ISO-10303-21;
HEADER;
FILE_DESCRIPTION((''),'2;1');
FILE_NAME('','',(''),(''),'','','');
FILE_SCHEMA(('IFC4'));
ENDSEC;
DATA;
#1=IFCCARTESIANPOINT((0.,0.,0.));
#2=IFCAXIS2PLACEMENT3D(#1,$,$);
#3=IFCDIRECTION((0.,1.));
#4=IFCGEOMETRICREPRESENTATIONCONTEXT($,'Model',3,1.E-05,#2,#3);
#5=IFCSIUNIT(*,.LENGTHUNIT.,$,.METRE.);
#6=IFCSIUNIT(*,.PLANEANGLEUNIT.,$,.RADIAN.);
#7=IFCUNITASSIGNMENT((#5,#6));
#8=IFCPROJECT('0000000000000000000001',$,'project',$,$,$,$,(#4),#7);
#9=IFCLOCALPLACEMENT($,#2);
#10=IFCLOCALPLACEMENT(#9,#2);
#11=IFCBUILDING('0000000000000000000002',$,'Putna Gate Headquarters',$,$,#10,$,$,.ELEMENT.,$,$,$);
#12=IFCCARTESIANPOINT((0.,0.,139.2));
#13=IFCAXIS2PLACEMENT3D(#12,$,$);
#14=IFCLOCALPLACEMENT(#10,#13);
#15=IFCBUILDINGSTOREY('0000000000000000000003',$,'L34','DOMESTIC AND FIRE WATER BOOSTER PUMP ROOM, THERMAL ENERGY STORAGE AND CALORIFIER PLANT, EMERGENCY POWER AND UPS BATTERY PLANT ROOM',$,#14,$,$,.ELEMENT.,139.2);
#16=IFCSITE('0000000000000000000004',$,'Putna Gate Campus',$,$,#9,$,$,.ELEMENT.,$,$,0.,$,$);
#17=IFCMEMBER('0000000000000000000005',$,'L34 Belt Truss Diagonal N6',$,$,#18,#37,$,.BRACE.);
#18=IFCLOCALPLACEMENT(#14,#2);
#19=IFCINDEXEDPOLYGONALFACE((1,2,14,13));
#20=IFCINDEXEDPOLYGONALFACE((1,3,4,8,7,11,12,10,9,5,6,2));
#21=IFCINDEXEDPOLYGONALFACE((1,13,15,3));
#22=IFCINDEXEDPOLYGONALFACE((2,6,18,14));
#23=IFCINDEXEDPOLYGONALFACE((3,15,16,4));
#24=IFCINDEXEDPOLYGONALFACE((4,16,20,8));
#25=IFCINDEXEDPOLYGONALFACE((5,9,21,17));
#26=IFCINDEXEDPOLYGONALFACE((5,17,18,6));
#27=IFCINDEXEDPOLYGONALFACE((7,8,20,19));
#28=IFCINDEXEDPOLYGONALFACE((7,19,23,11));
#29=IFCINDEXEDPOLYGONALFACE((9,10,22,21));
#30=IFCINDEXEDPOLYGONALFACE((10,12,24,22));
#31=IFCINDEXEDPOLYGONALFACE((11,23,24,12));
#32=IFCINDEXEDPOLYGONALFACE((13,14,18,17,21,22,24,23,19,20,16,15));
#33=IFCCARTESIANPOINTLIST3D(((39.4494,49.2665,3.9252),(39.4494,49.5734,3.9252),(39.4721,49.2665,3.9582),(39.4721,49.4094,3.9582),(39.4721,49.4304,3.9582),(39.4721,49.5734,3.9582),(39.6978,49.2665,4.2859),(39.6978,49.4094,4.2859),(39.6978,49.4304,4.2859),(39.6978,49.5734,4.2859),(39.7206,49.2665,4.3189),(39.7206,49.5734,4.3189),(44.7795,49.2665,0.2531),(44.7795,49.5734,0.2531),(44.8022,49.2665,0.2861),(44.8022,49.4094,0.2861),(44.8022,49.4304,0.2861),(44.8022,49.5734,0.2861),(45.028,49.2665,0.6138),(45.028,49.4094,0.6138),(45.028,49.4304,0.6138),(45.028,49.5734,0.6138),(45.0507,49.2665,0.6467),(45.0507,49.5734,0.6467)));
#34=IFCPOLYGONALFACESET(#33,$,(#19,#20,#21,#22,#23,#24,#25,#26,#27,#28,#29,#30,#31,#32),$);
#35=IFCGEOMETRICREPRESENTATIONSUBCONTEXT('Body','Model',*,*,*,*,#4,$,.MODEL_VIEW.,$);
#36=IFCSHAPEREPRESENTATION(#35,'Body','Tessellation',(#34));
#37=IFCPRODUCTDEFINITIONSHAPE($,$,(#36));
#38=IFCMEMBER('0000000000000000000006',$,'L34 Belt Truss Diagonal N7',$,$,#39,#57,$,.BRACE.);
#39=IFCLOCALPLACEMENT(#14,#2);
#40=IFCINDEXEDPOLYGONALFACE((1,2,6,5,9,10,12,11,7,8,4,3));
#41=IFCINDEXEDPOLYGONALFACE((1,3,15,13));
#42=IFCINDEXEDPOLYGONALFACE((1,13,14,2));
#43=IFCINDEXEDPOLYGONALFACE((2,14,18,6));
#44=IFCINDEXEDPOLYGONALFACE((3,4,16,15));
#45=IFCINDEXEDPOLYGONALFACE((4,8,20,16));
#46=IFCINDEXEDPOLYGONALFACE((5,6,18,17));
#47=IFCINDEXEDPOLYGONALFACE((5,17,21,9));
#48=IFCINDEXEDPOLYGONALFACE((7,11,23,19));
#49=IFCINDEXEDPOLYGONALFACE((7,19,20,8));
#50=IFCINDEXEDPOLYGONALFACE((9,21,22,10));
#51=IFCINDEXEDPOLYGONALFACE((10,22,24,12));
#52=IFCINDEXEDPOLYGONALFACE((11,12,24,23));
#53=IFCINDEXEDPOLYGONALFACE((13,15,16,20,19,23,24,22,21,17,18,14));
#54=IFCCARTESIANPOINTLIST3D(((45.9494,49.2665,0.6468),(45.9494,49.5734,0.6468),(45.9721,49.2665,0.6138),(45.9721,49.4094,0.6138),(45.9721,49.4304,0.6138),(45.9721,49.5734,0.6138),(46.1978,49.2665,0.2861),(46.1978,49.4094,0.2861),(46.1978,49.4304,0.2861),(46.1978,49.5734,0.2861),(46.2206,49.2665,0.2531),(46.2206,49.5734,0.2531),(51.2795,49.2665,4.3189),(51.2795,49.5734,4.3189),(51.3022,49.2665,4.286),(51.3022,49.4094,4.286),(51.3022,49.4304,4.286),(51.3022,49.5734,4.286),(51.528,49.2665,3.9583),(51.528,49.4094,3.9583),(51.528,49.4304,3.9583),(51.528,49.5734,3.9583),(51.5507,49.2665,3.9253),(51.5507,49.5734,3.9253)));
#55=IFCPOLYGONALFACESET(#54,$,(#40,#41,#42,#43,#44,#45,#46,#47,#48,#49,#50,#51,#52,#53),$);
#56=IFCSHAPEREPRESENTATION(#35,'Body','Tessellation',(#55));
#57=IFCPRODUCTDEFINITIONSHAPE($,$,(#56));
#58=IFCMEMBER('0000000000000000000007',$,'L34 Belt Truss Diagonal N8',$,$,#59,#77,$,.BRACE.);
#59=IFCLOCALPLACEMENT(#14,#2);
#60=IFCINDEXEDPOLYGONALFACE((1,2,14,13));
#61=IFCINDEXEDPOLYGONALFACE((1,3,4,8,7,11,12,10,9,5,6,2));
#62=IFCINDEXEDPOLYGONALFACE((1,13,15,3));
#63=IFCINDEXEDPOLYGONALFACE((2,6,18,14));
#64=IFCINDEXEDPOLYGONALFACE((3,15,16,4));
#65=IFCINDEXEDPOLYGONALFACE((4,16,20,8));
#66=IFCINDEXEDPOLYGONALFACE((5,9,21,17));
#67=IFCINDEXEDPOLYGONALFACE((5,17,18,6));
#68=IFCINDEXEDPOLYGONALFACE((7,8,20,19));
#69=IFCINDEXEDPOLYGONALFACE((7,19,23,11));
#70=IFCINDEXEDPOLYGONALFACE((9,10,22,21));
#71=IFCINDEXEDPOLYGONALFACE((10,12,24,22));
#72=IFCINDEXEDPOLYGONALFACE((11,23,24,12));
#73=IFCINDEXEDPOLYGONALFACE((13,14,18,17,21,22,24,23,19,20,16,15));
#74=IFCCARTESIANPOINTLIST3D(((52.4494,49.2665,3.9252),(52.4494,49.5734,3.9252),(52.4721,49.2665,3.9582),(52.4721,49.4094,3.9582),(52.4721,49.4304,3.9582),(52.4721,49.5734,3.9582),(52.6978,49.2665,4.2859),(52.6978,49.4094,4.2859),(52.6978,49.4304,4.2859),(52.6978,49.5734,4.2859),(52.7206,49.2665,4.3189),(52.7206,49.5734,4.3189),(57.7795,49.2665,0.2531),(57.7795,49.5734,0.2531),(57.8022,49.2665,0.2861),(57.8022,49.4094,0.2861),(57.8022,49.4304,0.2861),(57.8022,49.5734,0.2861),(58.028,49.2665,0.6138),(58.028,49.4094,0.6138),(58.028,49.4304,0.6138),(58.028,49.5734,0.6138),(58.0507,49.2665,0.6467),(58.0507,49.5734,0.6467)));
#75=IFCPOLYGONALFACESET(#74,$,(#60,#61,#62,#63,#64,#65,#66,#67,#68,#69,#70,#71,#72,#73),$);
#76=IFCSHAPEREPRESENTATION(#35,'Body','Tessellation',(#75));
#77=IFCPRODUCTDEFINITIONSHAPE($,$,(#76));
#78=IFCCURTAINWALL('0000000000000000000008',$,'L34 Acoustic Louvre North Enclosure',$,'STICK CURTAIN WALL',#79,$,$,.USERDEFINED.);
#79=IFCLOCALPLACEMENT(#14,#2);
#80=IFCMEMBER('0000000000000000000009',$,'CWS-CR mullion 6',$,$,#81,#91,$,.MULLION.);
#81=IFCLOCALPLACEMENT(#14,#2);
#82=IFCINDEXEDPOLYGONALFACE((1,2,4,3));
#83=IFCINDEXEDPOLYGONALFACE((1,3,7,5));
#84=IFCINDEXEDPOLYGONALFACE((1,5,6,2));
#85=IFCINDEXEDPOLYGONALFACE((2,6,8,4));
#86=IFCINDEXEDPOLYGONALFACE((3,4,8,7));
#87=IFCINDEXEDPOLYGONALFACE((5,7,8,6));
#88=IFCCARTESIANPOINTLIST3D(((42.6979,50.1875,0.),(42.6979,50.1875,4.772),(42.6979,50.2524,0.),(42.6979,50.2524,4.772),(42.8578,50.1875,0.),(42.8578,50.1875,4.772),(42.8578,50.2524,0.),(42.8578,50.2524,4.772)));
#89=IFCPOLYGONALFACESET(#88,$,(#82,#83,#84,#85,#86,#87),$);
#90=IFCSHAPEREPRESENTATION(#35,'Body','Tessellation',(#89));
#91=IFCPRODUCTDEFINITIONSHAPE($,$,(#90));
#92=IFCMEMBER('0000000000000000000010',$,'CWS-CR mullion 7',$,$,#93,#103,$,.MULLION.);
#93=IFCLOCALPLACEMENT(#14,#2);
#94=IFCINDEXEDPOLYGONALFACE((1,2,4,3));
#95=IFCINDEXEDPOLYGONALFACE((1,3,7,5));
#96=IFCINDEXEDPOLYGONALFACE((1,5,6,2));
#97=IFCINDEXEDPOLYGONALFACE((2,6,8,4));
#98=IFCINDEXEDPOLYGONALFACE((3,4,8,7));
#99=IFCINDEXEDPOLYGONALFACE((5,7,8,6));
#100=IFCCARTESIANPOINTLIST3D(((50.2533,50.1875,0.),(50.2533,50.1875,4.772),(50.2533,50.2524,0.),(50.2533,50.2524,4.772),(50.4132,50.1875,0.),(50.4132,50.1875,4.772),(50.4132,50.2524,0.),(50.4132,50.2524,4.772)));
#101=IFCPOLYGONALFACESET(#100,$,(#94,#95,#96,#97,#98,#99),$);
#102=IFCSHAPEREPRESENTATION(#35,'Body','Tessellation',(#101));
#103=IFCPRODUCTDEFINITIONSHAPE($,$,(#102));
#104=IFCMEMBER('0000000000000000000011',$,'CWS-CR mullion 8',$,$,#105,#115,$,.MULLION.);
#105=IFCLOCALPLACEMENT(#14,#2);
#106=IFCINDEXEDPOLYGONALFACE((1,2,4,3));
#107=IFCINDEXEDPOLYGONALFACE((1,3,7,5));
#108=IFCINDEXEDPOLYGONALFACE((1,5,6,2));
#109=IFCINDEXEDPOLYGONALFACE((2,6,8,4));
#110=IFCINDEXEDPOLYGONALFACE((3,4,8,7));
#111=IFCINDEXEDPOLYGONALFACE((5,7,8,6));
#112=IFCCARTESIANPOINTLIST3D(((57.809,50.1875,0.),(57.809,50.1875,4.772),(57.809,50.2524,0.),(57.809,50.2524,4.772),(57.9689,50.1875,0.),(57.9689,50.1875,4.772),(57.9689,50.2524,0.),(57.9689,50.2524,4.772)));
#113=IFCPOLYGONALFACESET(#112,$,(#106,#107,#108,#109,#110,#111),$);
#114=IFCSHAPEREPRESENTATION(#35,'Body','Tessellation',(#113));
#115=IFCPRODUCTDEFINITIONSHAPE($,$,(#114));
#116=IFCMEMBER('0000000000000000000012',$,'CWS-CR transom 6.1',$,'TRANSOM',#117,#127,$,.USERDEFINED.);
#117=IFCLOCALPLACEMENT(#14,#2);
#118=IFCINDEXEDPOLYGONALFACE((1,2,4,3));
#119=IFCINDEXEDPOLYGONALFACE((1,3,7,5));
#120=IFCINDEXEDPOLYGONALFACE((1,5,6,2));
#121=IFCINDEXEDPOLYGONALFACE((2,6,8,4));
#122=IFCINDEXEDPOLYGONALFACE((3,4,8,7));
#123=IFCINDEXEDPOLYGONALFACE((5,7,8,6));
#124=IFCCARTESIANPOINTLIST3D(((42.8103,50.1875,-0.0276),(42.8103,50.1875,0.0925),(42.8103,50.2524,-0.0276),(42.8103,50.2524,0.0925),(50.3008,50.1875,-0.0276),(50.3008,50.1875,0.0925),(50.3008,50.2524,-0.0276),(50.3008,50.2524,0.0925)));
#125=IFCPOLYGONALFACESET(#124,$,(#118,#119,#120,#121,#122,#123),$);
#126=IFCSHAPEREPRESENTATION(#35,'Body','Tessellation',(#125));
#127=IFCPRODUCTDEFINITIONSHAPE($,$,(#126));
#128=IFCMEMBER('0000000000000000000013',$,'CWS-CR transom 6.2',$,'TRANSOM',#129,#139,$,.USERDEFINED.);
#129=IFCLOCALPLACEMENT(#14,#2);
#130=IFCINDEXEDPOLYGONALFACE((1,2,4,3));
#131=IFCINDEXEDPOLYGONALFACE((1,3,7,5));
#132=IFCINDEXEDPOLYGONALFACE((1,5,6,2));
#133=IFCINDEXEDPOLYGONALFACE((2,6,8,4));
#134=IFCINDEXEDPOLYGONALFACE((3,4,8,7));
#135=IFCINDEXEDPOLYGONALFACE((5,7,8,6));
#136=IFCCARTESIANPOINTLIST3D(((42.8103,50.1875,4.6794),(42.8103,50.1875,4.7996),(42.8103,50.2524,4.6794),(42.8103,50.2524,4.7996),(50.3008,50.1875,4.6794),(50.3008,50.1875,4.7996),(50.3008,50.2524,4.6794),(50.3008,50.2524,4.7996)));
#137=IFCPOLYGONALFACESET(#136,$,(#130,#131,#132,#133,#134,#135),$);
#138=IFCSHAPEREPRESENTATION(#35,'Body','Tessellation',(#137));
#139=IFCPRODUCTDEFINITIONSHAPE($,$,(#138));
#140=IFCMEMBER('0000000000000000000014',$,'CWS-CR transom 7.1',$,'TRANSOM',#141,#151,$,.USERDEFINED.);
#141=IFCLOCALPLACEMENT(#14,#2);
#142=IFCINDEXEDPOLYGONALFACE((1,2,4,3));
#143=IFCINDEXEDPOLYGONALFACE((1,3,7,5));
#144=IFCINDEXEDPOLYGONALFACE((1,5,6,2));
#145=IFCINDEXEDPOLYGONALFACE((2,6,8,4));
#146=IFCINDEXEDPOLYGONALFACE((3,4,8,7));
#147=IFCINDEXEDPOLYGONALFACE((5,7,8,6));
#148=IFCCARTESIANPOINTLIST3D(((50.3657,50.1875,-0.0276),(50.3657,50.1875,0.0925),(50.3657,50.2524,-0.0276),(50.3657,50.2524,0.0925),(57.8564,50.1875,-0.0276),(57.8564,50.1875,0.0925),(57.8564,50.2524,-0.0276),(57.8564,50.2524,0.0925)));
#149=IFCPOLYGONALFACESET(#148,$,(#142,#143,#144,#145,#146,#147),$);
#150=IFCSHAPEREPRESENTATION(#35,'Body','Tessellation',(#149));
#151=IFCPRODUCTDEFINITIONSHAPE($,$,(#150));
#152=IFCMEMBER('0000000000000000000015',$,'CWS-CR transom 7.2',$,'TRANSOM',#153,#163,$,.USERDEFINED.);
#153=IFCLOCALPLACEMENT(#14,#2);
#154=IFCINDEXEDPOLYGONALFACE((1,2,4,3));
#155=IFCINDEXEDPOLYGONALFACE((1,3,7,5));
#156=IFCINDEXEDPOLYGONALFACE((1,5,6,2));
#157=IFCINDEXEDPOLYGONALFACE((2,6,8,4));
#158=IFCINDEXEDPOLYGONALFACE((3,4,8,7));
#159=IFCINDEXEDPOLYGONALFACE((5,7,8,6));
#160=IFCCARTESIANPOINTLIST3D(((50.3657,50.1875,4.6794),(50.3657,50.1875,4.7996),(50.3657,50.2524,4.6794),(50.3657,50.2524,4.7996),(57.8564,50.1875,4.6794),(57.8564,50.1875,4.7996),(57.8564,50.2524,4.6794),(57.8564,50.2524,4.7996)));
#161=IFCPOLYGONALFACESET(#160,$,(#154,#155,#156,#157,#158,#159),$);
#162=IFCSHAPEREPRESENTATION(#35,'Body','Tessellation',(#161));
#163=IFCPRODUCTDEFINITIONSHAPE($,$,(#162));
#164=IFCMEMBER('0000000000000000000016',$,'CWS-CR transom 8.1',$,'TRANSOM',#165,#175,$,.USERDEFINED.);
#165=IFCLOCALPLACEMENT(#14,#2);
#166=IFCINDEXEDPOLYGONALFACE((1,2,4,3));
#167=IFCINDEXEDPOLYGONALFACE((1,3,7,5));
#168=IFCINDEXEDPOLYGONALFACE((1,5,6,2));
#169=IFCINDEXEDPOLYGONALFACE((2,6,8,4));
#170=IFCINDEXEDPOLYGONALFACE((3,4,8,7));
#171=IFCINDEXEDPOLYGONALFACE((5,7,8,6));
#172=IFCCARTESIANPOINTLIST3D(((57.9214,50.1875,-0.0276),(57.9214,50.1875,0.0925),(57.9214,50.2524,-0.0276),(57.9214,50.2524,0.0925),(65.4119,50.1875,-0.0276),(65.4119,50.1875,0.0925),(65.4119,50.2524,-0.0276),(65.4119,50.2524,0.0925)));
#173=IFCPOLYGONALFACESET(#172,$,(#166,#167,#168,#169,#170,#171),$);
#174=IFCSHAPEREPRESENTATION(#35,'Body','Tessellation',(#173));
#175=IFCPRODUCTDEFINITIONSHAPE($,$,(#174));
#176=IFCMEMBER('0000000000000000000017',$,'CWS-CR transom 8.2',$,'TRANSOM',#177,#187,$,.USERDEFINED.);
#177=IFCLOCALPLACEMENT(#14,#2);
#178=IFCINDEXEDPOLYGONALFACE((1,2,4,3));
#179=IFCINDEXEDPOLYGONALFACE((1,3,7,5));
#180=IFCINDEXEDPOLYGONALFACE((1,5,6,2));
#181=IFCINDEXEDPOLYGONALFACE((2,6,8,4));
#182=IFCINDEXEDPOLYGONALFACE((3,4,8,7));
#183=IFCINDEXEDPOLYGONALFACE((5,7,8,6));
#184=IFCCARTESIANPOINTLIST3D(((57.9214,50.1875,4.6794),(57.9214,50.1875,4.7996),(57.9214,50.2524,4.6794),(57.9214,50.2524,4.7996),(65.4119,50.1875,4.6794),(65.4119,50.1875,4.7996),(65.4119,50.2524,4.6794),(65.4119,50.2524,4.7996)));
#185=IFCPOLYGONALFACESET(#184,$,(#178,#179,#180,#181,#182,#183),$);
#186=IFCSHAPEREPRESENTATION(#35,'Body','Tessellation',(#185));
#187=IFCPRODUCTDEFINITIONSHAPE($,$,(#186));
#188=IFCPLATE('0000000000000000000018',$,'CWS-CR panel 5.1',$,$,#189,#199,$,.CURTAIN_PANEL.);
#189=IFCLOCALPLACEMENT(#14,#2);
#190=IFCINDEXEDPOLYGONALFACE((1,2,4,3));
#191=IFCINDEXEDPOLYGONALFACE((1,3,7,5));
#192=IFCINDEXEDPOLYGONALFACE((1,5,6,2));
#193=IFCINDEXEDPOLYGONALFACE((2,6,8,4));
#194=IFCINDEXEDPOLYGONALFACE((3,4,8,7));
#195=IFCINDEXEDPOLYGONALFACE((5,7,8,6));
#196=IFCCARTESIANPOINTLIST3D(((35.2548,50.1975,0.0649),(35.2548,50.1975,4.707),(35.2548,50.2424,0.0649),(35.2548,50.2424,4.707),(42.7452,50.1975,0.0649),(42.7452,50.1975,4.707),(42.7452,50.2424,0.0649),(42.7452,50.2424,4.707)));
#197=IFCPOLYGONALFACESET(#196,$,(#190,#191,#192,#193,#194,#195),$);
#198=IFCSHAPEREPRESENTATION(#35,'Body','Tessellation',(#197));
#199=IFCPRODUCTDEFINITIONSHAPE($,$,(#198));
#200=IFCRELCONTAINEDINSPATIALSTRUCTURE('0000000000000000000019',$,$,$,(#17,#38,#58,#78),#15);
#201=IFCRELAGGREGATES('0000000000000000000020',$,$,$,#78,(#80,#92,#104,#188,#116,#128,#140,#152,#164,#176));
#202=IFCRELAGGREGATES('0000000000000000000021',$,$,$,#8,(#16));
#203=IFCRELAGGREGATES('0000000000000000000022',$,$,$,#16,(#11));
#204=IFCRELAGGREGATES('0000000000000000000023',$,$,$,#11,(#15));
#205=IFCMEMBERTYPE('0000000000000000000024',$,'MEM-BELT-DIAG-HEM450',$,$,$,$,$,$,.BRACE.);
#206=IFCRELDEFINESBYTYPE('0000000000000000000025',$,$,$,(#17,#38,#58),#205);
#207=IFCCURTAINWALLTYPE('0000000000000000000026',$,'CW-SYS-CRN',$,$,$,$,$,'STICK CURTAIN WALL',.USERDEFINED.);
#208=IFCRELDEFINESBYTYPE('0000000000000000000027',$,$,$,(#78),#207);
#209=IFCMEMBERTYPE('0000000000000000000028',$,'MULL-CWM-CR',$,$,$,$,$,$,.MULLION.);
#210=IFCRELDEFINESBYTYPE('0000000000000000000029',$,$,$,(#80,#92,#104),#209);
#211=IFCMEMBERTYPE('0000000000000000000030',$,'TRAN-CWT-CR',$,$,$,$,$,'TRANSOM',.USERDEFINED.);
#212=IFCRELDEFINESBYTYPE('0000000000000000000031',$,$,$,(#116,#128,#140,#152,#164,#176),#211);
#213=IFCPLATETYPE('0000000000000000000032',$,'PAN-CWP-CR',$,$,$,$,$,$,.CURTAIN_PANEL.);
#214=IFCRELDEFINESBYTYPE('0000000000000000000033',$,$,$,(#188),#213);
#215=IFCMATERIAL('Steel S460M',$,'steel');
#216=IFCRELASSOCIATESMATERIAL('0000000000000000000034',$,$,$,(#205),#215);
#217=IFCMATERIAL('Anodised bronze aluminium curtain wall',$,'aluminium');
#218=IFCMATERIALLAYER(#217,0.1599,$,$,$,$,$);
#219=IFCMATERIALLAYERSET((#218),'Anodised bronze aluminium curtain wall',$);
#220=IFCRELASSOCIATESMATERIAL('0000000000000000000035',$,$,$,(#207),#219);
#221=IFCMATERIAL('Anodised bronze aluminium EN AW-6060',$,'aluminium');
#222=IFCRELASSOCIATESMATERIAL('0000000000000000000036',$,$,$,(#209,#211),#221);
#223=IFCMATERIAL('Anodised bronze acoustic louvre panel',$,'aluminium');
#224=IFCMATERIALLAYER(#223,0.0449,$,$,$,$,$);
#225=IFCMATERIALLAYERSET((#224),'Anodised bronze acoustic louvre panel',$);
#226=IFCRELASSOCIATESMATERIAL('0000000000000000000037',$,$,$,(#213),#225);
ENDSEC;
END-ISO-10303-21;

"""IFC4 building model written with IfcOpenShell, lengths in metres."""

from ifc_helpers import new_model, si_unit, direction, frame, origin, origin_2d, place, context, subcontext, project, spatial, rectangle, i_section, extrude, material, layer, layer_set, material_profile, profile_set, type_object, element, aggregate, save


model = new_model("IFC4")

# Units and contexts
model_context = context("Model", 3, precision=1e-05, world=origin(), true_north=direction((0.0, 1.0)))
body_context = subcontext(model_context, "Body", "Model", "MODEL_VIEW")
ifc_project = project(units=[si_unit("LENGTHUNIT", "METRE"), si_unit("PLANEANGLEUNIT", "RADIAN")], contexts=[model_context])

# Site, building, storey
site_placement = place(None, origin())
site = spatial("IfcSite", under=ifc_project, at=site_placement, Name="Putna Gate Campus", CompositionType="ELEMENT", RefElevation=0.0)
building_placement = place(site_placement, origin())
building = spatial("IfcBuilding", under=site, at=building_placement, Name="Putna Gate Headquarters", CompositionType="ELEMENT")
storey_placement = place(building_placement, frame((0.0, 0.0, 139.2)))
storey = spatial("IfcBuildingStorey", under=building, at=storey_placement, Name="L34", Description="DOMESTIC AND FIRE WATER BOOSTER PUMP ROOM, THERMAL ENERGY STORAGE AND CALORIFIER PLANT, EMERGENCY POWER AND UPS BATTERY PLANT ROOM", CompositionType="ELEMENT", Elevation=139.2)

# Members
ifc_material_1 = material(Name="Steel S460M", Category="steel")
ifc_material_profile_1 = material_profile(ifc_material_1, i_section(OverallWidth=0.3069, OverallDepth=0.478, WebThickness=0.021, FlangeThickness=0.04, at=origin_2d()), Name="Steel S460M")
ifc_profile_set_1 = profile_set([ifc_material_profile_1], Name="Steel S460M")
member_type_1 = type_object("IfcMemberType", Name="MEM-BELT-DIAG-HEM450", PredefinedType="BRACE", material=ifc_profile_set_1)
for number, where, z_axis, x_axis, name in (
    (1, (39.585, 49.4199, 4.1221), (0.823487, 0.0, -0.567335), (0.0, 1.0, 0.0), "L34 Belt Truss Diagonal N6"),
    (2, (46.085, 49.4199, 0.45), (0.823487, 0.0, 0.567335), (0.0, 1.0, 0.0), "L34 Belt Truss Diagonal N7"),
    (3, (52.585, 49.4199, 4.1221), (0.823487, 0.0, -0.567335), (0.0, 1.0, 0.0), "L34 Belt Truss Diagonal N8"),
):
    element("IfcMember", number, at=place(storey_placement, frame(where, z_axis=z_axis, x_axis=x_axis)), inside=storey, type_object=member_type_1, Name=name, PredefinedType="BRACE", context=body_context, shape_type="SweptSolid", body=[
        extrude(i_section(OverallWidth=0.3069, OverallDepth=0.478, WebThickness=0.021, FlangeThickness=0.04, at=origin_2d()), origin(), (0.0, 0.0, 1.0), 6.4727),
    ])

# Curtain wall, members, plate
ifc_material_2 = material(Name="Anodised bronze aluminium curtain wall", Category="aluminium")
ifc_layer_1 = layer(ifc_material_2, 0.1599)
ifc_layer_set_1 = layer_set([ifc_layer_1], Name="Anodised bronze aluminium curtain wall")
curtain_wall_type = type_object("IfcCurtainWallType", Name="CW-SYS-CRN", ElementType="STICK CURTAIN WALL", PredefinedType="USERDEFINED", material=ifc_layer_set_1)
curtain_wall_placement = place(storey_placement, origin())
curtain_wall = element("IfcCurtainWall", 4, at=curtain_wall_placement, inside=storey, type_object=curtain_wall_type, Name="L34 Acoustic Louvre North Enclosure", ObjectType="STICK CURTAIN WALL", PredefinedType="USERDEFINED")
ifc_material_3 = material(Name="Anodised bronze aluminium EN AW-6060", Category="aluminium")
ifc_material_profile_2 = material_profile(ifc_material_3, rectangle(XDim=0.0649, YDim=0.1599, at=origin_2d()), Name="Anodised bronze aluminium EN AW-6060")
ifc_profile_set_2 = profile_set([ifc_material_profile_2], Name="Anodised bronze aluminium EN AW-6060")
member_type_2 = type_object("IfcMemberType", Name="MULL-CWM-CR", PredefinedType="MULLION", material=ifc_profile_set_2)
member_1_placement = place(storey_placement, frame((42.7778, 50.22, 0.0), z_axis=(0.0, 0.0, 1.0), x_axis=(0.0, 1.0, 0.0)))
member_1 = element("IfcMember", 5, at=member_1_placement, type_object=member_type_2, Name="CWS-CR mullion 6", PredefinedType="MULLION", context=body_context, shape_type="SweptSolid", body=[
    extrude(rectangle(XDim=0.0649, YDim=0.1599, at=origin_2d()), origin(), (0.0, 0.0, 1.0), 4.772),
])
member_2_placement = place(storey_placement, frame((50.3333, 50.22, 0.0), z_axis=(0.0, 0.0, 1.0), x_axis=(0.0, 1.0, 0.0)))
member_2 = element("IfcMember", 6, at=member_2_placement, type_object=member_type_2, Name="CWS-CR mullion 7", PredefinedType="MULLION", context=body_context, shape_type="SweptSolid", body=[
    extrude(rectangle(XDim=0.0649, YDim=0.1599, at=origin_2d()), origin(), (0.0, 0.0, 1.0), 4.772),
])
member_3_placement = place(storey_placement, frame((57.8889, 50.22, 0.0), z_axis=(0.0, 0.0, 1.0), x_axis=(0.0, 1.0, 0.0)))
member_3 = element("IfcMember", 7, at=member_3_placement, type_object=member_type_2, Name="CWS-CR mullion 8", PredefinedType="MULLION", context=body_context, shape_type="SweptSolid", body=[
    extrude(rectangle(XDim=0.0649, YDim=0.1599, at=origin_2d()), origin(), (0.0, 0.0, 1.0), 4.772),
])
ifc_material_profile_3 = material_profile(ifc_material_3, rectangle(XDim=0.0649, YDim=0.1201, at=origin_2d()), Name="Anodised bronze aluminium EN AW-6060")
ifc_profile_set_3 = profile_set([ifc_material_profile_3], Name="Anodised bronze aluminium EN AW-6060")
member_type_3 = type_object("IfcMemberType", Name="TRAN-CWT-CR", ElementType="TRANSOM", PredefinedType="USERDEFINED", material=ifc_profile_set_3)
member_4_placement = place(storey_placement, frame((42.8103, 50.22, 0.0325), z_axis=(1.0, 0.0, 0.0), x_axis=(0.0, 1.0, 0.0)))
member_4 = element("IfcMember", 8, at=member_4_placement, type_object=member_type_3, Name="CWS-CR transom 6.1", ObjectType="TRANSOM", PredefinedType="USERDEFINED", context=body_context, shape_type="SweptSolid", body=[
    extrude(rectangle(XDim=0.0649, YDim=0.1201, at=origin_2d()), origin(), (0.0, 0.0, 1.0), 7.4905),
])
member_5_placement = place(storey_placement, frame((42.8103, 50.22, 4.7395), z_axis=(1.0, 0.0, 0.0), x_axis=(0.0, 1.0, 0.0)))
member_5 = element("IfcMember", 9, at=member_5_placement, type_object=member_type_3, Name="CWS-CR transom 6.2", ObjectType="TRANSOM", PredefinedType="USERDEFINED", context=body_context, shape_type="SweptSolid", body=[
    extrude(rectangle(XDim=0.0649, YDim=0.1201, at=origin_2d()), origin(), (0.0, 0.0, 1.0), 7.4905),
])
member_6_placement = place(storey_placement, frame((50.3657, 50.22, 0.0325), z_axis=(1.0, 0.0, 0.0), x_axis=(0.0, 1.0, 0.0)))
member_6 = element("IfcMember", 10, at=member_6_placement, type_object=member_type_3, Name="CWS-CR transom 7.1", ObjectType="TRANSOM", PredefinedType="USERDEFINED", context=body_context, shape_type="SweptSolid", body=[
    extrude(rectangle(XDim=0.0649, YDim=0.1201, at=origin_2d()), origin(), (0.0, 0.0, 1.0), 7.4907),
])
member_7_placement = place(storey_placement, frame((50.3657, 50.22, 4.7395), z_axis=(1.0, 0.0, 0.0), x_axis=(0.0, 1.0, 0.0)))
member_7 = element("IfcMember", 11, at=member_7_placement, type_object=member_type_3, Name="CWS-CR transom 7.2", ObjectType="TRANSOM", PredefinedType="USERDEFINED", context=body_context, shape_type="SweptSolid", body=[
    extrude(rectangle(XDim=0.0649, YDim=0.1201, at=origin_2d()), origin(), (0.0, 0.0, 1.0), 7.4907),
])
member_8_placement = place(storey_placement, frame((57.9214, 50.22, 0.0325), z_axis=(1.0, 0.0, 0.0), x_axis=(0.0, 1.0, 0.0)))
member_8 = element("IfcMember", 12, at=member_8_placement, type_object=member_type_3, Name="CWS-CR transom 8.1", ObjectType="TRANSOM", PredefinedType="USERDEFINED", context=body_context, shape_type="SweptSolid", body=[
    extrude(rectangle(XDim=0.0649, YDim=0.1201, at=origin_2d()), origin(), (0.0, 0.0, 1.0), 7.4905),
])
member_9_placement = place(storey_placement, frame((57.9214, 50.22, 4.7395), z_axis=(1.0, 0.0, 0.0), x_axis=(0.0, 1.0, 0.0)))
member_9 = element("IfcMember", 13, at=member_9_placement, type_object=member_type_3, Name="CWS-CR transom 8.2", ObjectType="TRANSOM", PredefinedType="USERDEFINED", context=body_context, shape_type="SweptSolid", body=[
    extrude(rectangle(XDim=0.0649, YDim=0.1201, at=origin_2d()), origin(), (0.0, 0.0, 1.0), 7.4905),
])
ifc_material_4 = material(Name="Anodised bronze acoustic louvre panel", Category="aluminium")
ifc_layer_2 = layer(ifc_material_4, 0.0449)
ifc_layer_set_2 = layer_set([ifc_layer_2], Name="Anodised bronze acoustic louvre panel")
plate_type_1 = type_object("IfcPlateType", Name="PAN-CWP-CR", PredefinedType="CURTAIN_PANEL", material=ifc_layer_set_2)
plate_1_placement = place(storey_placement, frame((39.0, 50.22, 0.0649), z_axis=(0.0, 0.0, 1.0), x_axis=(1.0, 0.0, 0.0)))
plate_1 = element("IfcPlate", 14, at=plate_1_placement, type_object=plate_type_1, Name="CWS-CR panel 5.1", PredefinedType="CURTAIN_PANEL", context=body_context, shape_type="SweptSolid", body=[
    extrude(rectangle(XDim=7.4905, YDim=0.0449, at=origin_2d()), origin(), (0.0, 0.0, 1.0), 4.6421),
])
aggregate(curtain_wall, [member_1, member_2, member_3, plate_1, member_4, member_5, member_6, member_7, member_8, member_9])

save(model, "model.ifc")
